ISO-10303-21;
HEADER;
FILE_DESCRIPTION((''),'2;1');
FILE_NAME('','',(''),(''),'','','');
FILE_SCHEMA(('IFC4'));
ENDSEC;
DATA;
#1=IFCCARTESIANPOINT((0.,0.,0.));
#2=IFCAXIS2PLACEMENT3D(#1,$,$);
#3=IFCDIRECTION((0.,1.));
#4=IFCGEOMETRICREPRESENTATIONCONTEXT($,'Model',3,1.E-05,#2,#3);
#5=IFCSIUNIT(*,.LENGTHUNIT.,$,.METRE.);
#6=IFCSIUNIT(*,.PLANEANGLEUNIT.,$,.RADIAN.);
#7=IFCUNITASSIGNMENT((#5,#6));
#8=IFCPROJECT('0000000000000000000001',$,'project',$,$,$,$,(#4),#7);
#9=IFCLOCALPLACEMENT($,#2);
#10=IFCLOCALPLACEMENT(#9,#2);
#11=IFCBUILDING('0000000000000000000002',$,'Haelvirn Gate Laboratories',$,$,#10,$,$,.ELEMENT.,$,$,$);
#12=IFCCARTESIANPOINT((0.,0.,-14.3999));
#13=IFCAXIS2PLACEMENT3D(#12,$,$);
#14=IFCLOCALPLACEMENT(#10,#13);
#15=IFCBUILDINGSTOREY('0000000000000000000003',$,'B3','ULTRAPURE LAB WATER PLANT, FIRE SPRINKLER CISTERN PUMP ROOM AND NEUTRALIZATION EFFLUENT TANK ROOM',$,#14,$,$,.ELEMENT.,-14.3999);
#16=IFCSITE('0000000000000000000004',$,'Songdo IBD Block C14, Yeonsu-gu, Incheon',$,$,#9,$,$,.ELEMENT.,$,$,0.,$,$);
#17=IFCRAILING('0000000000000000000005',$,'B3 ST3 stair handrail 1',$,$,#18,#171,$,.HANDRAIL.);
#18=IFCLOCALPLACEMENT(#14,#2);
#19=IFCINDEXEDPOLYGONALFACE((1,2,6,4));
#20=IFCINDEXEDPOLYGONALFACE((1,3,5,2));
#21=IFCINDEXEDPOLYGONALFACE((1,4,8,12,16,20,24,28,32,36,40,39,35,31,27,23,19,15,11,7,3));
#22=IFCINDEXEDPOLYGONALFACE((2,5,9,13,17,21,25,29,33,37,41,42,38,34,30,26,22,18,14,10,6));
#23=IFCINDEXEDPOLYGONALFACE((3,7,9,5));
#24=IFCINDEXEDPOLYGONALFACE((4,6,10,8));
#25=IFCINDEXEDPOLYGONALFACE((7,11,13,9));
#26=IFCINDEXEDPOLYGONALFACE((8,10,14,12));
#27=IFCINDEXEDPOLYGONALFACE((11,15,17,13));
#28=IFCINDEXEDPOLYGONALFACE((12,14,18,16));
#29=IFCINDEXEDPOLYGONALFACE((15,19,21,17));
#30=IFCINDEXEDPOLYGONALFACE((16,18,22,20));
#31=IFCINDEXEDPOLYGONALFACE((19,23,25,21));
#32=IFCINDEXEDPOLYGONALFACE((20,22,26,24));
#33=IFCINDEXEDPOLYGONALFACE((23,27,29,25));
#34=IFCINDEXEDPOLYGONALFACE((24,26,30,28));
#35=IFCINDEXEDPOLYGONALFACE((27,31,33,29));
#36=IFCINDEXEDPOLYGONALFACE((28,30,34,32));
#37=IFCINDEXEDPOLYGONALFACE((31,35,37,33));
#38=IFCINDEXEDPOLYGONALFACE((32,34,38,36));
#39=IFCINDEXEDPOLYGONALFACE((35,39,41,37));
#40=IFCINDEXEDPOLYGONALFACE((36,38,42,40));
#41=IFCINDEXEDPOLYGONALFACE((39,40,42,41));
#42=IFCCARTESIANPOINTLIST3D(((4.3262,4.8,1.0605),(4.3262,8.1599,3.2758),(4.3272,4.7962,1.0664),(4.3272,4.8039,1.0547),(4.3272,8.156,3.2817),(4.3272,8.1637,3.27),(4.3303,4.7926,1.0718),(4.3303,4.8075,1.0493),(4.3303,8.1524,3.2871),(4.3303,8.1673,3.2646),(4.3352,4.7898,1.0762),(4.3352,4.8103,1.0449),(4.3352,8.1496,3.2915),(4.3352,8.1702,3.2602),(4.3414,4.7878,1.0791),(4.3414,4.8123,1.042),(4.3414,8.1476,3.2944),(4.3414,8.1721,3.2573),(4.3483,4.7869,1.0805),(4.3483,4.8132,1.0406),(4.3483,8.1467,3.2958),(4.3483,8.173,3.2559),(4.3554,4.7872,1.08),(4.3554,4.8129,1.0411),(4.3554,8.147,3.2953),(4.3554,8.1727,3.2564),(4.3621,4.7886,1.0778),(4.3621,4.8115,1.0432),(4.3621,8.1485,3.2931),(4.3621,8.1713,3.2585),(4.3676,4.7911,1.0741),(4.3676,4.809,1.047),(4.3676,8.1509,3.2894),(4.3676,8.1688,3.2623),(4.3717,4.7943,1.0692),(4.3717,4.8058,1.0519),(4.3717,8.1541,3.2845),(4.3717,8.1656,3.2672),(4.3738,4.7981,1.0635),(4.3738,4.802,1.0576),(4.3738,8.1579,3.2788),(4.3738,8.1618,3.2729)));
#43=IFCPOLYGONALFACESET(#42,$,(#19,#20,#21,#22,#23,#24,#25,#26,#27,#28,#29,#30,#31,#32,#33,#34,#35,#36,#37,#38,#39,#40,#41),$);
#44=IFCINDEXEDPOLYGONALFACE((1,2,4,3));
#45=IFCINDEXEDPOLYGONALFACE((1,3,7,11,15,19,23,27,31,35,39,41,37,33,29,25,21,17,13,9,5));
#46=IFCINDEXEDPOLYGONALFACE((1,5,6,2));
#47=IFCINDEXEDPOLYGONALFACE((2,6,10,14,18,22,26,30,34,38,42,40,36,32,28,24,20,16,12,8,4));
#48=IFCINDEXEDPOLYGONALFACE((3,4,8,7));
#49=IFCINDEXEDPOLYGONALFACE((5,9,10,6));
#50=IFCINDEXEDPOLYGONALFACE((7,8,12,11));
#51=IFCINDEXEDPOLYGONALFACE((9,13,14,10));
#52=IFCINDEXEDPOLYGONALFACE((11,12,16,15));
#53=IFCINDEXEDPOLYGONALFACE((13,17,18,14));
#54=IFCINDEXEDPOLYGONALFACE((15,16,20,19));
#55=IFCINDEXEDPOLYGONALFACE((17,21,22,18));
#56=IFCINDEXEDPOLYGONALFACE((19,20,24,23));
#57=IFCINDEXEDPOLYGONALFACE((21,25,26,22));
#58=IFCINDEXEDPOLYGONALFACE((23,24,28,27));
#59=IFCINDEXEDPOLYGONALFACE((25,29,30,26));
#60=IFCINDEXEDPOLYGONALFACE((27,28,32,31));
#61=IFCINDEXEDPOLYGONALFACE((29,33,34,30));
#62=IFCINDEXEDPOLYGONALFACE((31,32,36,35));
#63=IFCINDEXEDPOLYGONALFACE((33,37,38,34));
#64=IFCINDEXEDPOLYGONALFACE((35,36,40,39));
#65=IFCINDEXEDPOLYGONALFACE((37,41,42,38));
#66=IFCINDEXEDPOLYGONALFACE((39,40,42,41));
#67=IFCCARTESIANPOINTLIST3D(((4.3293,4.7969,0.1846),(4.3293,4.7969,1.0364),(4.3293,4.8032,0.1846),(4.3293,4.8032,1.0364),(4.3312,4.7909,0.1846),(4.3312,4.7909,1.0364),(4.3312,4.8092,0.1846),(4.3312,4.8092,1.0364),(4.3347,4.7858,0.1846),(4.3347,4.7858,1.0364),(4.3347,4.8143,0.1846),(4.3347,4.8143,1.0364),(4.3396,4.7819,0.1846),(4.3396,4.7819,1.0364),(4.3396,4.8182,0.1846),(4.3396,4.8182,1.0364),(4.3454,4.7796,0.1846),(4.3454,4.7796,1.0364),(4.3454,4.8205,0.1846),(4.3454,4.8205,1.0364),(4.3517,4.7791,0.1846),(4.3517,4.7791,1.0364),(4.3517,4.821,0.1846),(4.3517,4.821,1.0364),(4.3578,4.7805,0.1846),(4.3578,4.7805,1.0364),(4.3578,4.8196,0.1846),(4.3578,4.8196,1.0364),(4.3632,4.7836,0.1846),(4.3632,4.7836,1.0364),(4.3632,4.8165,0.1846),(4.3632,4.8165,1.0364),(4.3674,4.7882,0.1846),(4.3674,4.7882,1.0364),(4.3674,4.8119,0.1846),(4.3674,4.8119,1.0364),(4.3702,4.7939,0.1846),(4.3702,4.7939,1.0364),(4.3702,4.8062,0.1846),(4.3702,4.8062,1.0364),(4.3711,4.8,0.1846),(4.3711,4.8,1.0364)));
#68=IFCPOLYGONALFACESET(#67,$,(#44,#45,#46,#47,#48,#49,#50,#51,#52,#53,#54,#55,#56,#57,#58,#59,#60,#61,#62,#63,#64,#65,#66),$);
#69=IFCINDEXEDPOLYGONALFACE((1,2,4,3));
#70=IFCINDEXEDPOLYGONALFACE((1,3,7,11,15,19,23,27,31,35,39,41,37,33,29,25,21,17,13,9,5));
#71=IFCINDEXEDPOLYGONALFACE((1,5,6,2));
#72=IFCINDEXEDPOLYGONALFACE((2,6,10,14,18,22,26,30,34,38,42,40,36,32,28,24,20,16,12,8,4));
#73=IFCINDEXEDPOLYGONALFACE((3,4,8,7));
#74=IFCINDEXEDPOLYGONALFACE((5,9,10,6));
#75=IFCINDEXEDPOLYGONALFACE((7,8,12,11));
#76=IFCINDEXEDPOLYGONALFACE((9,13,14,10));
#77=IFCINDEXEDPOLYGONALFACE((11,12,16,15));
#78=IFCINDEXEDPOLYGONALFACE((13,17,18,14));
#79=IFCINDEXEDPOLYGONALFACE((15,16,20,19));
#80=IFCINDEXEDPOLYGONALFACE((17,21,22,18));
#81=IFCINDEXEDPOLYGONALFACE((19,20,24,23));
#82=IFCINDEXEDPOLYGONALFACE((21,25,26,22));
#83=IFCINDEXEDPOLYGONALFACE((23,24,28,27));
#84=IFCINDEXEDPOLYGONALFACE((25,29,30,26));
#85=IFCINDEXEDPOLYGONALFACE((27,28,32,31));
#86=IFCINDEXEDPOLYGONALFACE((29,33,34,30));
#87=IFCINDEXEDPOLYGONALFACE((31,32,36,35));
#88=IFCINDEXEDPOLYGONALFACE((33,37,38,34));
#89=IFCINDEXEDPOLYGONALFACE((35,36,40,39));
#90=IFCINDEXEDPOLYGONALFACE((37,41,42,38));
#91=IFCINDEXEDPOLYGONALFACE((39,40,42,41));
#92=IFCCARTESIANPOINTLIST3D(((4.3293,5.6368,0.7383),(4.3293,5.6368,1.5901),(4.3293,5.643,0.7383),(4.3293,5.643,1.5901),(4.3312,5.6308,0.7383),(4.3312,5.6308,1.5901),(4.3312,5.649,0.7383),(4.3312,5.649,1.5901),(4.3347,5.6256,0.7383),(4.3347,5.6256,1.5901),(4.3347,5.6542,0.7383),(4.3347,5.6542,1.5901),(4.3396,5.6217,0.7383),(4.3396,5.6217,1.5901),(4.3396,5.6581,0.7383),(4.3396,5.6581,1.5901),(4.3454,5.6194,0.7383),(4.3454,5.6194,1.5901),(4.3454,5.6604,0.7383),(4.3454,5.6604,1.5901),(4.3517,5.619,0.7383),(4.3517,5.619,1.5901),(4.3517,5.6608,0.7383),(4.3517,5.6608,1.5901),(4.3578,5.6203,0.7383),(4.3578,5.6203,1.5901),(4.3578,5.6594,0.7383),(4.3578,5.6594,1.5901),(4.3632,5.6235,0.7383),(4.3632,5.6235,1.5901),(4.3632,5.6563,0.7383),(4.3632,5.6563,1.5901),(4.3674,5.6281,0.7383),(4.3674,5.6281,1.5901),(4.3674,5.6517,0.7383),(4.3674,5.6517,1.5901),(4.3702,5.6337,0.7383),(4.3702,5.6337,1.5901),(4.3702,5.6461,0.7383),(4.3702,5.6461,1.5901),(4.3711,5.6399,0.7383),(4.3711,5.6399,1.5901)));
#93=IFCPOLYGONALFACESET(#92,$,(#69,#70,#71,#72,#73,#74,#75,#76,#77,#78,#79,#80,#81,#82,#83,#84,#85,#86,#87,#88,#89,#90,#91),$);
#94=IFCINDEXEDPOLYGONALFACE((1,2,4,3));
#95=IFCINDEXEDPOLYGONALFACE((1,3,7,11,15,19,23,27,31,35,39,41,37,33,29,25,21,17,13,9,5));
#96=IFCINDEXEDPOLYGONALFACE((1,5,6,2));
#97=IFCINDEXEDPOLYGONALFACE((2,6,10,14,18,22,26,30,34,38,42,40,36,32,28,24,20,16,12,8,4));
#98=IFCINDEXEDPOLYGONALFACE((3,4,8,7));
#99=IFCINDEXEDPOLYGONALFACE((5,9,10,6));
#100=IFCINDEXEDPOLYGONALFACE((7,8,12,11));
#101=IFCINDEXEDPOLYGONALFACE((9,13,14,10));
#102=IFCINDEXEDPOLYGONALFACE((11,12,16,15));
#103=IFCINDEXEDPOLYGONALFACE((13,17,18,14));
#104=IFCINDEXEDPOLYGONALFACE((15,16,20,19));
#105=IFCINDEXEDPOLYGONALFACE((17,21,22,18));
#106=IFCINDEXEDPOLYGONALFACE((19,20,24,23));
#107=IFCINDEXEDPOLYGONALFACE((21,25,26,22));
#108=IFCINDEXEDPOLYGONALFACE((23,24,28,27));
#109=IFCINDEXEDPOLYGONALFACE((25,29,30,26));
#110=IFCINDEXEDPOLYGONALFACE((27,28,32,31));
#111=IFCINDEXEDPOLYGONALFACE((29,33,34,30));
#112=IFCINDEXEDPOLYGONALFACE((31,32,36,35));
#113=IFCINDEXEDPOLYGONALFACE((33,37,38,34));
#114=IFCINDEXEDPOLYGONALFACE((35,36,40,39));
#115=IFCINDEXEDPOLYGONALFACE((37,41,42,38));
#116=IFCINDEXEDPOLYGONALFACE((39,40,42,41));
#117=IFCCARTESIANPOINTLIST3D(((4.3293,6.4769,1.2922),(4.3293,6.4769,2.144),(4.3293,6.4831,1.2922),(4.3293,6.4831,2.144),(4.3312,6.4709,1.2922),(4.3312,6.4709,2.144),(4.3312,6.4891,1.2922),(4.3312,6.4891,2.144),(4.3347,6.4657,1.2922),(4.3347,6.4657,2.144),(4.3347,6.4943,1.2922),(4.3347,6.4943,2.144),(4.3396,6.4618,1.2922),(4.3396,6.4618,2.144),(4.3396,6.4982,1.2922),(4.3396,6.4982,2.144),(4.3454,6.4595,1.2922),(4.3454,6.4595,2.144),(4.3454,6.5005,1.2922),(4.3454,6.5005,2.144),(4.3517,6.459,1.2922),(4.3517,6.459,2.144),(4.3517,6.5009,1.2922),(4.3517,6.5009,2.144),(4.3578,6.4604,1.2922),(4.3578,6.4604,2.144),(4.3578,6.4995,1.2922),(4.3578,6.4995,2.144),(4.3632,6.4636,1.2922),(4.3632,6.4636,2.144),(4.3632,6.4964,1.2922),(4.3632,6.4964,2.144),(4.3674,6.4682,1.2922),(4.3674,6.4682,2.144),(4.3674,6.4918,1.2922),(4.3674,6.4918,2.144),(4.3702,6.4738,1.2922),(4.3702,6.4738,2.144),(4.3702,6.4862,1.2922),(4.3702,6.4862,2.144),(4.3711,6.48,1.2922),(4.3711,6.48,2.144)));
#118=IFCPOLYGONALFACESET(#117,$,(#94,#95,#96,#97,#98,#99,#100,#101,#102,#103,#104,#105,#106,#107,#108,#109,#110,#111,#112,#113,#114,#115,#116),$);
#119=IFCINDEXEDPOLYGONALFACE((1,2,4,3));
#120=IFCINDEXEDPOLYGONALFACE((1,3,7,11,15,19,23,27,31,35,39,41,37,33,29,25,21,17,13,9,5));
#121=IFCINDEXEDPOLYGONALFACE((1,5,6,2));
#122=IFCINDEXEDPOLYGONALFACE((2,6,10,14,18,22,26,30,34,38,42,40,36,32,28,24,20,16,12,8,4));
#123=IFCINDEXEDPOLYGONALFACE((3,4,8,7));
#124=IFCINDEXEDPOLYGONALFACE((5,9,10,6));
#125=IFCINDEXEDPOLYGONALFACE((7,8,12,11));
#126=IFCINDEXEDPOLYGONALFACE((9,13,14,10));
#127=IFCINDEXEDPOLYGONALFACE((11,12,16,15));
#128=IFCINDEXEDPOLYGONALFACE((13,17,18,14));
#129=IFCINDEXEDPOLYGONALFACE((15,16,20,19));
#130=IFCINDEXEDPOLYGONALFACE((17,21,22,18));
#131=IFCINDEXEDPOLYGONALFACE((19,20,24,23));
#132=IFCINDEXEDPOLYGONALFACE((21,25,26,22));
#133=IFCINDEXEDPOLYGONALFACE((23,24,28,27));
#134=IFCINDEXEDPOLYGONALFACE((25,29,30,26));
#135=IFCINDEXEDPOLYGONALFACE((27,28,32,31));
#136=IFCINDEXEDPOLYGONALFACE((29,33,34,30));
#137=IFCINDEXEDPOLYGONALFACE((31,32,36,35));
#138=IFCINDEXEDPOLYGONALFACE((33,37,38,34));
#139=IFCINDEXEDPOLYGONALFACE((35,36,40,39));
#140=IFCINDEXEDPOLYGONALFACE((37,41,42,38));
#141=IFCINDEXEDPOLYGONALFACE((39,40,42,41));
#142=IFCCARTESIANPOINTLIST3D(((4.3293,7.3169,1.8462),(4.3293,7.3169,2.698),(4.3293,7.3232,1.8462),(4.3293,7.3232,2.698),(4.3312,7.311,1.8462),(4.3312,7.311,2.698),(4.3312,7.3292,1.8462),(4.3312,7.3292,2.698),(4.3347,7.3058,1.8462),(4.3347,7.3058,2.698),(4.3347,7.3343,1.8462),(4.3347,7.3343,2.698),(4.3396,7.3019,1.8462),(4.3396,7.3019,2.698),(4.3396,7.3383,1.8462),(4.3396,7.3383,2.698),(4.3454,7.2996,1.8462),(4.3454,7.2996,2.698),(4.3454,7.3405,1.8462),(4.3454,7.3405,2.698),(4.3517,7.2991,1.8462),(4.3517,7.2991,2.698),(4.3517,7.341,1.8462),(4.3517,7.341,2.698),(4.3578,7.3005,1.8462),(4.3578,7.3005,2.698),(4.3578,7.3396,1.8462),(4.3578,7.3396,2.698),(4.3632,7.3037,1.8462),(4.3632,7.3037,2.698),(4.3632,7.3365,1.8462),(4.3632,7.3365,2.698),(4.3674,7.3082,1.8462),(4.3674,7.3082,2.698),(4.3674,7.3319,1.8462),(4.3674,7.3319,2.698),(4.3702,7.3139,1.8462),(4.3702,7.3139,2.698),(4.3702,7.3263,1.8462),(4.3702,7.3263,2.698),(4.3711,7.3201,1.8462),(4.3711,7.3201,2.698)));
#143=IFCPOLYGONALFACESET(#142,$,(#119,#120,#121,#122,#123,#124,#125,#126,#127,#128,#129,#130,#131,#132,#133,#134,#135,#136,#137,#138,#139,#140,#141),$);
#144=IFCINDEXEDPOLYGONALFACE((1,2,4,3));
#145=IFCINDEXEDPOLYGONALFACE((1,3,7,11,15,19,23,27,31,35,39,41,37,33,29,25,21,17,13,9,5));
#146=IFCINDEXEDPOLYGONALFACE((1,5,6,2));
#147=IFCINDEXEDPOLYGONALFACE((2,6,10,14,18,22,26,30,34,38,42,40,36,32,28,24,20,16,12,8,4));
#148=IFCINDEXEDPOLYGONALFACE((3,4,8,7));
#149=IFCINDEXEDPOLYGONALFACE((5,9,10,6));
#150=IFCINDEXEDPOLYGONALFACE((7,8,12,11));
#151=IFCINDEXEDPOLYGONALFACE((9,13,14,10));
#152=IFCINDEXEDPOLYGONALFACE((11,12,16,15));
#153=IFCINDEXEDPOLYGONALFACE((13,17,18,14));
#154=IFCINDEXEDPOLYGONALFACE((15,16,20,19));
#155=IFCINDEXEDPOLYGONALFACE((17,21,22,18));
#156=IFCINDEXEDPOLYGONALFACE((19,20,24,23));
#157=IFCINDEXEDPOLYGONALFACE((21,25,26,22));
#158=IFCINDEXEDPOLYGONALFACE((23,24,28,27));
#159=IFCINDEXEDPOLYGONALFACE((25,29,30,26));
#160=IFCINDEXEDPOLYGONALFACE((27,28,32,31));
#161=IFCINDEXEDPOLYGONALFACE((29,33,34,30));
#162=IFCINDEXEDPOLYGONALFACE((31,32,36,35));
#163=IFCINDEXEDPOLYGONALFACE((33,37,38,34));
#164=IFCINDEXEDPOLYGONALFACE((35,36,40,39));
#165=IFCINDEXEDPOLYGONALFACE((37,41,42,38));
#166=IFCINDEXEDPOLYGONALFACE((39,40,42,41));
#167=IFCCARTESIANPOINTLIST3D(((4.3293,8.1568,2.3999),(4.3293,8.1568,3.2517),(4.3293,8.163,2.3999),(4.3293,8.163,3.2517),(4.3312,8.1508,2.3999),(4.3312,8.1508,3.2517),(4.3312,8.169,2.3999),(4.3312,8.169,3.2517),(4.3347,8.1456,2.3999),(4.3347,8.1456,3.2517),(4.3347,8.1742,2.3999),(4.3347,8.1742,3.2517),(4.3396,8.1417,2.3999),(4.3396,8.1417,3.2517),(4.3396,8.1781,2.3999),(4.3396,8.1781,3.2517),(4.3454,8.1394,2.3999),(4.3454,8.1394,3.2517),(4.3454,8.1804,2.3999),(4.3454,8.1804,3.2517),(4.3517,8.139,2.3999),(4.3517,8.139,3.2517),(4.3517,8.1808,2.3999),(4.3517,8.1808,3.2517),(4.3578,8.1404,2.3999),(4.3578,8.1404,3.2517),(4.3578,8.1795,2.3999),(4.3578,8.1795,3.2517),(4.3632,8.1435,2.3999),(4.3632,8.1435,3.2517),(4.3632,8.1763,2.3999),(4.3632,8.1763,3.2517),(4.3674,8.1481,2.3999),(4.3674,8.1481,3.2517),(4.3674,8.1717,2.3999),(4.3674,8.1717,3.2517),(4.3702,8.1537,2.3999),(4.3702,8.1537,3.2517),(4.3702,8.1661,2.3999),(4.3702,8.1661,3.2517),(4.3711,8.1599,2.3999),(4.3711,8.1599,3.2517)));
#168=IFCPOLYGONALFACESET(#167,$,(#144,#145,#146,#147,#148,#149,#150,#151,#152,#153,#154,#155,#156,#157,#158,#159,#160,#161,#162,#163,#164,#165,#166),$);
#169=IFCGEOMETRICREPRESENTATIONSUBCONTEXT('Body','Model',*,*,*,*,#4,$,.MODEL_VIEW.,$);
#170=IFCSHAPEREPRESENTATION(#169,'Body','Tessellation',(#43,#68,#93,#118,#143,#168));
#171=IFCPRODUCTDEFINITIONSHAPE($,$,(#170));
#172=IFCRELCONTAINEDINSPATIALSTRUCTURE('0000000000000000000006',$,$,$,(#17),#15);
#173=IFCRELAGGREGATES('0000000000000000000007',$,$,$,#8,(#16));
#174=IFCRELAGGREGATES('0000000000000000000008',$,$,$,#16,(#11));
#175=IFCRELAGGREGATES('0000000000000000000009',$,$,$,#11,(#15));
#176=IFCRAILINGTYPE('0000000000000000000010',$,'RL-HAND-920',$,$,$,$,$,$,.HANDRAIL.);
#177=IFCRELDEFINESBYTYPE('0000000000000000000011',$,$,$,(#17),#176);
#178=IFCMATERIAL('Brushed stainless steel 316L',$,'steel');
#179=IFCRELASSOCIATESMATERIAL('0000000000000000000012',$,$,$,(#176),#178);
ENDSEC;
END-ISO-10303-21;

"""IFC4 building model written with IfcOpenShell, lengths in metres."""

from ifc_helpers import new_model, si_unit, direction, frame, origin, origin_2d, place, context, subcontext, project, spatial, circle, extrude, source, transform, mapped, material, type_object, element, save


model = new_model("IFC4")

# Units and contexts
model_context = context("Model", 3, precision=1e-05, world=origin(), true_north=direction((0.0, 1.0)))
body_context = subcontext(model_context, "Body", "Model", "MODEL_VIEW")
ifc_project = project(units=[si_unit("LENGTHUNIT", "METRE"), si_unit("PLANEANGLEUNIT", "RADIAN")], contexts=[model_context])

# Site, building, storey
site_placement = place(None, origin())
site = spatial("IfcSite", under=ifc_project, at=site_placement, Name="Songdo IBD Block C14, Yeonsu-gu, Incheon", CompositionType="ELEMENT", RefElevation=0.0)
building_placement = place(site_placement, origin())
building = spatial("IfcBuilding", under=site, at=building_placement, Name="Haelvirn Gate Laboratories", CompositionType="ELEMENT")
storey_placement = place(building_placement, frame((0.0, 0.0, -14.3999)))
storey = spatial("IfcBuildingStorey", under=building, at=storey_placement, Name="B3", Description="ULTRAPURE LAB WATER PLANT, FIRE SPRINKLER CISTERN PUMP ROOM AND NEUTRALIZATION EFFLUENT TANK ROOM", CompositionType="ELEMENT", Elevation=-14.3999)

# Railing
ifc_material_1 = material(Name="Brushed stainless steel 316L", Category="steel")
railing_type_1 = type_object("IfcRailingType", Name="RL-HAND-920", PredefinedType="HANDRAIL", material=ifc_material_1)
shared_shape_1 = source(origin(), body_context, "Body", "SweptSolid", [
    extrude(circle(Radius=0.0239, at=origin_2d()), frame((0.0, 0.0, 0.876), z_axis=(0.0, 0.834858, 0.550465), x_axis=(-1.0, 0.0, 0.0)), (0.0, 0.0, 1.0), 4.0244),
    extrude(circle(Radius=0.021, at=origin_2d()), origin(), (0.0, 0.0, 1.0), 0.8518),
    extrude(circle(Radius=0.021, at=origin_2d()), frame((0.0, 0.8398, 0.5537)), (0.0, 0.0, 1.0), 0.8518),
    extrude(circle(Radius=0.021, at=origin_2d()), frame((0.0, 1.6799, 1.1077)), (0.0, 0.0, 1.0), 0.8518),
    extrude(circle(Radius=0.021, at=origin_2d()), frame((0.0, 2.52, 1.6616)), (0.0, 0.0, 1.0), 0.8518),
    extrude(circle(Radius=0.021, at=origin_2d()), frame((0.0, 3.3599, 2.2153)), (0.0, 0.0, 1.0), 0.8518),
])
railing_1_placement = place(storey_placement, frame((4.3501, 4.8, 0.1846)))
element("IfcRailing", 1, at=railing_1_placement, inside=storey, type_object=railing_type_1, Name="B3 ST3 stair handrail 1", PredefinedType="HANDRAIL", context=body_context, shape_type="MappedRepresentation", body=[
    mapped(shared_shape_1, transform((0.0, 0.0, 0.0), scale=1.0)),
])

save(model, "model.ifc")
